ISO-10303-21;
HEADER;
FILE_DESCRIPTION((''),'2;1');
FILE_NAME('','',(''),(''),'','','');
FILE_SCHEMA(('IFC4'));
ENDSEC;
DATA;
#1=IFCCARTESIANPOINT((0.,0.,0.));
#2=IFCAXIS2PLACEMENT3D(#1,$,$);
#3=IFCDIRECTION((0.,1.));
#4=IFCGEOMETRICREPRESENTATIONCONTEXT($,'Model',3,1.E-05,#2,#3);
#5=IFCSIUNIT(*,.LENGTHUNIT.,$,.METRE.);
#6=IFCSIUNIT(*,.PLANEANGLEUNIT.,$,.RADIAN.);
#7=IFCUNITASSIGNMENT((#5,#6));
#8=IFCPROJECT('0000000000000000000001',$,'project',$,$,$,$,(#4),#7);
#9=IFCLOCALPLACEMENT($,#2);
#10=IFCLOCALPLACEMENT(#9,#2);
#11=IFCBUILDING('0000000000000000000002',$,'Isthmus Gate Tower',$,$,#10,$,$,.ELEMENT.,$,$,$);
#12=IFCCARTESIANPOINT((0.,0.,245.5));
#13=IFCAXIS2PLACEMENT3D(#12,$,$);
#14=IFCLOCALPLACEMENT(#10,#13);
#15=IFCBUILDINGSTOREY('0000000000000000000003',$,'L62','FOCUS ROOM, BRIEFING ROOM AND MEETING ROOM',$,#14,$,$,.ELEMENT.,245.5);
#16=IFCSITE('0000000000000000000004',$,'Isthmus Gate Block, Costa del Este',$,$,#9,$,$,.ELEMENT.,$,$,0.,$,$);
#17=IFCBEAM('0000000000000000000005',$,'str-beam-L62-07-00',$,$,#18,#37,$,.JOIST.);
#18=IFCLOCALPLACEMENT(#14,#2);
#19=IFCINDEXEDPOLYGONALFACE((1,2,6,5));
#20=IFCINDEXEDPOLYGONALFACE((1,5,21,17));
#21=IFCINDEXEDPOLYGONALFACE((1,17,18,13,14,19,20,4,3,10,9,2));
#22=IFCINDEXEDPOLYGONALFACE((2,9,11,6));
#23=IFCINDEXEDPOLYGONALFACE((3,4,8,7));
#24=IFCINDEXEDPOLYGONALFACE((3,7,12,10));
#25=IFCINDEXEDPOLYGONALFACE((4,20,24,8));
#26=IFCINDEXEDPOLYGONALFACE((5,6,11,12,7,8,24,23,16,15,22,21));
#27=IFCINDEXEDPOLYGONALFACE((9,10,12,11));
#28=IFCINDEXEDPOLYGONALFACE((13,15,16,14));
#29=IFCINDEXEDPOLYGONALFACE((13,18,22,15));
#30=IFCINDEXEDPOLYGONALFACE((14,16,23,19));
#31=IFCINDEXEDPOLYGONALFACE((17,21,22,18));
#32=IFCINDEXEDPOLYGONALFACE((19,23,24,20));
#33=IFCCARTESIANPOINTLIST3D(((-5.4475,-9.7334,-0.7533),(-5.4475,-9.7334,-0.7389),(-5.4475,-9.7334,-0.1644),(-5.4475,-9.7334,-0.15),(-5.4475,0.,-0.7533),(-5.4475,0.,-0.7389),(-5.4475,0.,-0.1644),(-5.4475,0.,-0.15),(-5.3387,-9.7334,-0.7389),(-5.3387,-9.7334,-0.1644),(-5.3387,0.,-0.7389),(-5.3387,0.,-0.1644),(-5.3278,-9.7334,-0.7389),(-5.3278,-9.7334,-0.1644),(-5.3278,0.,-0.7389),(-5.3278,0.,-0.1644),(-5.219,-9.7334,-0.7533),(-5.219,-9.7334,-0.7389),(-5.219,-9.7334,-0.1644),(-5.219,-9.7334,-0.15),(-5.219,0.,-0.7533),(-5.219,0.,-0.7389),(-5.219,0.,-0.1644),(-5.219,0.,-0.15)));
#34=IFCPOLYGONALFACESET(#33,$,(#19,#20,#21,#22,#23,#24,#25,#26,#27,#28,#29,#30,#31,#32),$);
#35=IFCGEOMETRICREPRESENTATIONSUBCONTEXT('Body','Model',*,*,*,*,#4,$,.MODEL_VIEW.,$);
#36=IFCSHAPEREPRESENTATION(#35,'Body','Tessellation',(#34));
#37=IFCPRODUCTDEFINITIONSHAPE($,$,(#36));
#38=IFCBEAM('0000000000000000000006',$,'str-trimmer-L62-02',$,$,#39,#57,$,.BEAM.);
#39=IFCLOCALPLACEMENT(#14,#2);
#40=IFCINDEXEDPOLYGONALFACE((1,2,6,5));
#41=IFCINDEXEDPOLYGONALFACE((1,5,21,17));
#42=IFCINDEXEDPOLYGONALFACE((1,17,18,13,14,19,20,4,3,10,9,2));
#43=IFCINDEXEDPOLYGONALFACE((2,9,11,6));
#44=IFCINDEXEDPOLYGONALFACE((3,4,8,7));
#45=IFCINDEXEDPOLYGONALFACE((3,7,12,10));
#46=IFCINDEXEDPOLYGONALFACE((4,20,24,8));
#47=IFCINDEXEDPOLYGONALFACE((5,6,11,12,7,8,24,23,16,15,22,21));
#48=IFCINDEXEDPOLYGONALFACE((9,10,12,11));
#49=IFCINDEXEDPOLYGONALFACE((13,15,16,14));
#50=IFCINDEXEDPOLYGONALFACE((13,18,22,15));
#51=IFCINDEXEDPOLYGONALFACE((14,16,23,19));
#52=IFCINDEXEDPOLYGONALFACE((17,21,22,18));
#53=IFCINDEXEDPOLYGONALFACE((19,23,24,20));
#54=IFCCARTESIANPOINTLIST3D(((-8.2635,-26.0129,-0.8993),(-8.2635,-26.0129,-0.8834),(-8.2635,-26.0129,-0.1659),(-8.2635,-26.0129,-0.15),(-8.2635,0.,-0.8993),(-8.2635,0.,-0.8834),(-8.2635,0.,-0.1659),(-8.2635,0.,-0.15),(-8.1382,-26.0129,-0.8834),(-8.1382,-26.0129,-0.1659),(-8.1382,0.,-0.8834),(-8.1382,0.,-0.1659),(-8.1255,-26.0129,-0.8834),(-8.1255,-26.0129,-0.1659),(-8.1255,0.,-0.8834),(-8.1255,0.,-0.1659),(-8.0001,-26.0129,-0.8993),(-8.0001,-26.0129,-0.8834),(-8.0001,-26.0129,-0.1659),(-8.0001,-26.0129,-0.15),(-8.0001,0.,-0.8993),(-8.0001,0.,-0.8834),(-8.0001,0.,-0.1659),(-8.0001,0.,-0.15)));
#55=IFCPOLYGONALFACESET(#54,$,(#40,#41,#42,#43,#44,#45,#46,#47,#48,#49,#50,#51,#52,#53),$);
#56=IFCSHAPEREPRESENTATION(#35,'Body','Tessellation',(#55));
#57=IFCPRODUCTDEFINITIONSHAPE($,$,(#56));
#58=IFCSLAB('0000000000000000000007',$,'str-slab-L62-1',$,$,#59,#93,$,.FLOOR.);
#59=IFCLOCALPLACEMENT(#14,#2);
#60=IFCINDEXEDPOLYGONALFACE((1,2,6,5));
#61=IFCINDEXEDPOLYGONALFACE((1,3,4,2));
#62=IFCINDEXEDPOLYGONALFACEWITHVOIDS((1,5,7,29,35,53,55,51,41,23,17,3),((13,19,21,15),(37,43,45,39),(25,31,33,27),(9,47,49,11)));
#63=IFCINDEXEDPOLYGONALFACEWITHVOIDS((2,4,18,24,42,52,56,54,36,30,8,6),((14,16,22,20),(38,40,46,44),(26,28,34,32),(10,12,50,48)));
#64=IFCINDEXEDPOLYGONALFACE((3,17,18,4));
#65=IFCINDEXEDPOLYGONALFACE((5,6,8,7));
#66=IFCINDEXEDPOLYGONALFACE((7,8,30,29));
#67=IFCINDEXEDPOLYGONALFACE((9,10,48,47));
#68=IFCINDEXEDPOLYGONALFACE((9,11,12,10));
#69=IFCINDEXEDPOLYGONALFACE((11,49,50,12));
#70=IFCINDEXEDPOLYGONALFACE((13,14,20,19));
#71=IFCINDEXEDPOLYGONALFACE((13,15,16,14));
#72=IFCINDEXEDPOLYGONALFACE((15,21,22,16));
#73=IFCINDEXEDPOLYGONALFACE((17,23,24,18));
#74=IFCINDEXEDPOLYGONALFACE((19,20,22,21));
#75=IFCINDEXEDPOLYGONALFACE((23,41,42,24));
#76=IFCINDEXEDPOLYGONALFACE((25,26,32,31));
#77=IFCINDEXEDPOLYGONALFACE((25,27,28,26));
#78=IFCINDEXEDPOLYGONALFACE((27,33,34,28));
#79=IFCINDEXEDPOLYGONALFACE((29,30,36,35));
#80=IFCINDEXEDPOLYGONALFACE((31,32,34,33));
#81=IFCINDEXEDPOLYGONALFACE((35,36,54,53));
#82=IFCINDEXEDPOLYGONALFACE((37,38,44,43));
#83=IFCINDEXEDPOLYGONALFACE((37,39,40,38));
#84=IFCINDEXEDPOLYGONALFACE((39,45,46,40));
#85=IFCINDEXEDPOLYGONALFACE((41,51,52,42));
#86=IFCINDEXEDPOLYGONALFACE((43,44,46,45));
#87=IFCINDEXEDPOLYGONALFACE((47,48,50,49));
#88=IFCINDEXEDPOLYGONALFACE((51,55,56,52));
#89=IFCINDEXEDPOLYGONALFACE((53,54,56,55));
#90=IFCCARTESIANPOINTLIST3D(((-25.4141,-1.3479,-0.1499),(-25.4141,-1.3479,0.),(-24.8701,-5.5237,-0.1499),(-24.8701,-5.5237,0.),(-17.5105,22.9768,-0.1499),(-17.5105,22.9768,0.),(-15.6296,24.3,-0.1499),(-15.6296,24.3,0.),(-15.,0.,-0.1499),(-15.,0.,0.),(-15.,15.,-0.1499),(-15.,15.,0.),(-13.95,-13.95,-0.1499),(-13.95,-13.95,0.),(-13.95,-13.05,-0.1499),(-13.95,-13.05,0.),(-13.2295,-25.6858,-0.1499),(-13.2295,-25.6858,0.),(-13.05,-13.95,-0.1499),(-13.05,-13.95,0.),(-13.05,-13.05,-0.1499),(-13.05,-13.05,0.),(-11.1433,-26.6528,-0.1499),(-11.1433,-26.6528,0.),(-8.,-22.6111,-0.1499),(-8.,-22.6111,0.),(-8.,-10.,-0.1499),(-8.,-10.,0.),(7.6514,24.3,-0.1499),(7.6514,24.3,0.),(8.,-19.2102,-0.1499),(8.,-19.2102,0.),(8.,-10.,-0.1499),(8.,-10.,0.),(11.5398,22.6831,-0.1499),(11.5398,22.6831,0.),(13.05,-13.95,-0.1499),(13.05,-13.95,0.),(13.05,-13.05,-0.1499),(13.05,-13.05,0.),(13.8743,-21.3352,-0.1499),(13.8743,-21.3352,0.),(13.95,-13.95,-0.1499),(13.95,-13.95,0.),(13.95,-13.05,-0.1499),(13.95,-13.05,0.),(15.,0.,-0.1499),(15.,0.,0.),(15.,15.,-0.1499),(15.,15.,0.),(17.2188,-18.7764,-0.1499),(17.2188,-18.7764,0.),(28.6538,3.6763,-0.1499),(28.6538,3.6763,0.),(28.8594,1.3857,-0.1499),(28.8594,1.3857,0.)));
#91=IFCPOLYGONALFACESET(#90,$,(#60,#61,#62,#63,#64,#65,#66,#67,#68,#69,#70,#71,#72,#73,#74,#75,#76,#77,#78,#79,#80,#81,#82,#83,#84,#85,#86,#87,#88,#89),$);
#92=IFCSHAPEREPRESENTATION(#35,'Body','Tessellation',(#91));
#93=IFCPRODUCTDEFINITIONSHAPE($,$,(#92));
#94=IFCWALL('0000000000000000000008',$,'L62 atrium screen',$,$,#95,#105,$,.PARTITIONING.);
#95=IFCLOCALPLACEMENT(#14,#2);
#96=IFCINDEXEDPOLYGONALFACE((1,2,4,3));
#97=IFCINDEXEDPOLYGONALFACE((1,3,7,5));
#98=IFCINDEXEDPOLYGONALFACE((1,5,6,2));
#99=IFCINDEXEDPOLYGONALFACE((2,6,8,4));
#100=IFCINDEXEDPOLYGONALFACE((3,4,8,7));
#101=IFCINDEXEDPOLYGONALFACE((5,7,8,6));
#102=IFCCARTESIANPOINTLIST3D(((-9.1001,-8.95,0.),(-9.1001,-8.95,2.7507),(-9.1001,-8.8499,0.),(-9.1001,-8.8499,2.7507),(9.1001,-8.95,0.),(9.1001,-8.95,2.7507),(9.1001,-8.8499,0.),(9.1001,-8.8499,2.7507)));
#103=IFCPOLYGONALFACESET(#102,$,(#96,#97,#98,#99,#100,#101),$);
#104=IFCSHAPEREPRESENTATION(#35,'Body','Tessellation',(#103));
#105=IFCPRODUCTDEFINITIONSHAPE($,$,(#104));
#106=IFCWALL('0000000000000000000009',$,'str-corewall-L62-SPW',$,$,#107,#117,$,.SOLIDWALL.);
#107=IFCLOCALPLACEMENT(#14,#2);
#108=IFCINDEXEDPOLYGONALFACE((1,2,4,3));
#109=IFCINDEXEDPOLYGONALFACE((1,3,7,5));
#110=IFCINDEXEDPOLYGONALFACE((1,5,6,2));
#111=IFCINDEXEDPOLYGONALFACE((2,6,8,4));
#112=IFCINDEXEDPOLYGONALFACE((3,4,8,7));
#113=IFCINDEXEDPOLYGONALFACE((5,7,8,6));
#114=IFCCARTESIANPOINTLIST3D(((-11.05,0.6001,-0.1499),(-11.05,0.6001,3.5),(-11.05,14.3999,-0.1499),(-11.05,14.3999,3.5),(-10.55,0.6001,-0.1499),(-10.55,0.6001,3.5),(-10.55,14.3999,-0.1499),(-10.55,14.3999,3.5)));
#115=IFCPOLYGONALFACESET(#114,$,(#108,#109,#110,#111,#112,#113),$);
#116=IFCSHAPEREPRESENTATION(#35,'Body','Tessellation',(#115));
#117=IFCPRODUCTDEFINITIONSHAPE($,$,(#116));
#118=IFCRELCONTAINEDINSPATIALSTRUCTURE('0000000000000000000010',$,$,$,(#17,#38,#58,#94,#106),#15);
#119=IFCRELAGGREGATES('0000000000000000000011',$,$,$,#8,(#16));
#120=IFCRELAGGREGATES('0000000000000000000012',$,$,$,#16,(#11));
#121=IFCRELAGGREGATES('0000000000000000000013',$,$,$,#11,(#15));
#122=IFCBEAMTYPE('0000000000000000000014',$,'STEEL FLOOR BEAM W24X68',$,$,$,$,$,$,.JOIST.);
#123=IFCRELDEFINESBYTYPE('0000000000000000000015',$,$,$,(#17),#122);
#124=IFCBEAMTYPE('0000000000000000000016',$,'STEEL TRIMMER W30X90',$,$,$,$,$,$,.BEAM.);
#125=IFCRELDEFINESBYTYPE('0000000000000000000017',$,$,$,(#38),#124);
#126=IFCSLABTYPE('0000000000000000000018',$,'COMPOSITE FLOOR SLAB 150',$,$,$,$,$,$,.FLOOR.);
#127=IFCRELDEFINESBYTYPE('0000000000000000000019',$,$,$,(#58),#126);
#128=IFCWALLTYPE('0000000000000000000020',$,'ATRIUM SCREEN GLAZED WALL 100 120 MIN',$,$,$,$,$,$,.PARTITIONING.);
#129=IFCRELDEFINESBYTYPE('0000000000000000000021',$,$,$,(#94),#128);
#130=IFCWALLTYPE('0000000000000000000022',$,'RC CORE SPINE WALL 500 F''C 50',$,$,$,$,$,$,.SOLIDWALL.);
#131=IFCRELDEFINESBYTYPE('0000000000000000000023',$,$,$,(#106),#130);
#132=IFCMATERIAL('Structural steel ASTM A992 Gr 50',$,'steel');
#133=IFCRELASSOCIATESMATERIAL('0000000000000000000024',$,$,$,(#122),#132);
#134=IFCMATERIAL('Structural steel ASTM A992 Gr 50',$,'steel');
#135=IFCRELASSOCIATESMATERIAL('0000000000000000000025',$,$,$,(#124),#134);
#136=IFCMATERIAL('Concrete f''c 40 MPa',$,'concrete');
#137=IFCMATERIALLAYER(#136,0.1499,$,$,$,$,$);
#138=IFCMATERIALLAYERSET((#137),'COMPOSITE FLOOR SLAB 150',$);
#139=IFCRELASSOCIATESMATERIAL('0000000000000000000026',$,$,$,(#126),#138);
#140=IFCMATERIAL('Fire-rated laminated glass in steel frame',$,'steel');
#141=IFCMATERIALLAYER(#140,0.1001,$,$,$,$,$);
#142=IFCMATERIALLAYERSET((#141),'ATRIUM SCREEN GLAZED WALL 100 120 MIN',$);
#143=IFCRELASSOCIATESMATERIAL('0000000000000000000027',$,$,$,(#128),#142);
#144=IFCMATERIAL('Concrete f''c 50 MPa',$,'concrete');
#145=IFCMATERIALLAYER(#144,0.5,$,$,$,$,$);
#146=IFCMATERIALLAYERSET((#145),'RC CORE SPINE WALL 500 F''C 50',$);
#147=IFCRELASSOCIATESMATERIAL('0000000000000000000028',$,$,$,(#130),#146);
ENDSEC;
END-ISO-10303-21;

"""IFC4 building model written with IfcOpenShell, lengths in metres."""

from ifc_helpers import new_model, si_unit, direction, frame, frame_2d, origin, origin_2d, place, context, subcontext, project, spatial, polyline, rectangle, i_section, outline, extrude, material, layer, layer_set, material_profile, profile_set, type_object, element, save


model = new_model("IFC4")

# Units and contexts
model_context = context("Model", 3, precision=1e-05, world=origin(), true_north=direction((0.0, 1.0)))
body_context = subcontext(model_context, "Body", "Model", "MODEL_VIEW")
ifc_project = project(units=[si_unit("LENGTHUNIT", "METRE"), si_unit("PLANEANGLEUNIT", "RADIAN")], contexts=[model_context])

# Site, building, storey
site_placement = place(None, origin())
site = spatial("IfcSite", under=ifc_project, at=site_placement, Name="Isthmus Gate Block, Costa del Este", CompositionType="ELEMENT", RefElevation=0.0)
building_placement = place(site_placement, origin())
building = spatial("IfcBuilding", under=site, at=building_placement, Name="Isthmus Gate Tower", CompositionType="ELEMENT")
storey_placement = place(building_placement, frame((0.0, 0.0, 245.5)))
storey = spatial("IfcBuildingStorey", under=building, at=storey_placement, Name="L62", Description="FOCUS ROOM, BRIEFING ROOM AND MEETING ROOM", CompositionType="ELEMENT", Elevation=245.5)

# Beams
ifc_material_1 = material(Name="Structural steel ASTM A992 Gr 50", Category="steel")
ifc_material_profile_1 = material_profile(ifc_material_1, i_section(OverallWidth=0.2285, OverallDepth=0.6033, WebThickness=0.011, FlangeThickness=0.0144, at=origin_2d()), Name="W24X68")
ifc_profile_set_1 = profile_set([ifc_material_profile_1], Name="Structural steel ASTM A992 Gr 50")
beam_type_1 = type_object("IfcBeamType", Name="STEEL FLOOR BEAM W24X68", PredefinedType="JOIST", material=ifc_profile_set_1)
beam_1_placement = place(storey_placement, frame((-5.3333, -9.7334, -0.4517), z_axis=(0.0, 1.0, 0.0), x_axis=(-1.0, 0.0, 0.0)))
element("IfcBeam", 1, at=beam_1_placement, inside=storey, type_object=beam_type_1, Name="str-beam-L62-07-00", PredefinedType="JOIST", context=body_context, shape_type="SweptSolid", body=[
    extrude(i_section(OverallWidth=0.2285, OverallDepth=0.6033, WebThickness=0.011, FlangeThickness=0.0144, at=origin_2d()), origin(), (0.0, 0.0, 1.0), 9.7334),
])
ifc_material_2 = material(Name="Structural steel ASTM A992 Gr 50", Category="steel")
ifc_material_profile_2 = material_profile(ifc_material_2, i_section(OverallWidth=0.2634, OverallDepth=0.7493, WebThickness=0.0127, FlangeThickness=0.0159, at=origin_2d()), Name="W30X90")
ifc_profile_set_2 = profile_set([ifc_material_profile_2], Name="Structural steel ASTM A992 Gr 50")
beam_type_2 = type_object("IfcBeamType", Name="STEEL TRIMMER W30X90", PredefinedType="BEAM", material=ifc_profile_set_2)
beam_2_placement = place(storey_placement, frame((-8.1318, 0.0, -0.5247), z_axis=(0.0, -1.0, 0.0), x_axis=(1.0, 0.0, 0.0)))
element("IfcBeam", 2, at=beam_2_placement, inside=storey, type_object=beam_type_2, Name="str-trimmer-L62-02", PredefinedType="BEAM", context=body_context, shape_type="SweptSolid", body=[
    extrude(i_section(OverallWidth=0.2634, OverallDepth=0.7493, WebThickness=0.0127, FlangeThickness=0.0159, at=origin_2d()), origin(), (0.0, 0.0, 1.0), 26.0129),
])

# Slab
ifc_material_3 = material(Name="Concrete f'c 40 MPa", Category="concrete")
ifc_layer_1 = layer(ifc_material_3, 0.1499)
ifc_layer_set_1 = layer_set([ifc_layer_1], Name="COMPOSITE FLOOR SLAB 150")
slab_type = type_object("IfcSlabType", Name="COMPOSITE FLOOR SLAB 150", PredefinedType="FLOOR", material=ifc_layer_set_1)
slab_placement = place(storey_placement, frame((0.0, 0.0, -0.1499)))
element("IfcSlab", 3, at=slab_placement, inside=storey, type_object=slab_type, Name="str-slab-L62-1", PredefinedType="FLOOR", context=body_context, shape_type="SweptSolid", body=[
    extrude(outline(polyline([(11.5398, 22.6831), (28.6538, 3.6763), (28.8594, 1.3857), (17.2188, -18.7764), (13.8743, -21.3352), (-11.1433, -26.6528), (-13.2295, -25.6858), (-24.8701, -5.5237), (-25.4141, -1.3479), (-17.5105, 22.9768), (-15.6296, 24.3), (7.6514, 24.3), (11.5398, 22.6831)]), holes=[polyline([(-8.0, -10.0), (-8.0, -22.6111), (8.0, -19.2102), (8.0, -10.0), (-8.0, -10.0)]), polyline([(-13.95, -13.05), (-13.95, -13.95), (-13.05, -13.95), (-13.05, -13.05), (-13.95, -13.05)]), polyline([(13.05, -13.05), (13.05, -13.95), (13.95, -13.95), (13.95, -13.05), (13.05, -13.05)]), polyline([(-15.0, 0.0), (15.0, 0.0), (15.0, 15.0), (-15.0, 15.0), (-15.0, 0.0)])]), origin(), (0.0, 0.0, 1.0), 0.1499),
])

# Walls
ifc_material_4 = material(Name="Fire-rated laminated glass in steel frame", Category="steel")
ifc_layer_2 = layer(ifc_material_4, 0.1001)
ifc_layer_set_2 = layer_set([ifc_layer_2], Name="ATRIUM SCREEN GLAZED WALL 100 120 MIN")
wall_type_1 = type_object("IfcWallType", Name="ATRIUM SCREEN GLAZED WALL 100 120 MIN", PredefinedType="PARTITIONING", material=ifc_layer_set_2)
wall_1_placement = place(storey_placement, frame((-9.1001, -8.8999, 0.0), z_axis=(0.0, 0.0, 1.0), x_axis=(1.0, 0.0, 0.0)))
element("IfcWall", 4, at=wall_1_placement, inside=storey, type_object=wall_type_1, Name="L62 atrium screen", PredefinedType="PARTITIONING", context=body_context, shape_type="SweptSolid", body=[
    extrude(rectangle(XDim=18.2002, YDim=0.1001, at=frame_2d((9.1001, 0.0))), origin(), (0.0, 0.0, 1.0), 2.7507),
])
ifc_material_5 = material(Name="Concrete f'c 50 MPa", Category="concrete")
ifc_layer_3 = layer(ifc_material_5, 0.5)
ifc_layer_set_3 = layer_set([ifc_layer_3], Name="RC CORE SPINE WALL 500 F'C 50")
wall_type_2 = type_object("IfcWallType", Name="RC CORE SPINE WALL 500 F'C 50", PredefinedType="SOLIDWALL", material=ifc_layer_set_3)
wall_2_placement = place(storey_placement, frame((-10.8, 0.6001, -0.1499), z_axis=(0.0, 0.0, 1.0), x_axis=(0.0, 1.0, 0.0)))
element("IfcWall", 5, at=wall_2_placement, inside=storey, type_object=wall_type_2, Name="str-corewall-L62-SPW", PredefinedType="SOLIDWALL", context=body_context, shape_type="SweptSolid", body=[
    extrude(rectangle(XDim=13.7998, YDim=0.5, at=frame_2d((6.8999, 0.0))), origin(), (0.0, 0.0, 1.0), 3.6499),
])

save(model, "model.ifc")
